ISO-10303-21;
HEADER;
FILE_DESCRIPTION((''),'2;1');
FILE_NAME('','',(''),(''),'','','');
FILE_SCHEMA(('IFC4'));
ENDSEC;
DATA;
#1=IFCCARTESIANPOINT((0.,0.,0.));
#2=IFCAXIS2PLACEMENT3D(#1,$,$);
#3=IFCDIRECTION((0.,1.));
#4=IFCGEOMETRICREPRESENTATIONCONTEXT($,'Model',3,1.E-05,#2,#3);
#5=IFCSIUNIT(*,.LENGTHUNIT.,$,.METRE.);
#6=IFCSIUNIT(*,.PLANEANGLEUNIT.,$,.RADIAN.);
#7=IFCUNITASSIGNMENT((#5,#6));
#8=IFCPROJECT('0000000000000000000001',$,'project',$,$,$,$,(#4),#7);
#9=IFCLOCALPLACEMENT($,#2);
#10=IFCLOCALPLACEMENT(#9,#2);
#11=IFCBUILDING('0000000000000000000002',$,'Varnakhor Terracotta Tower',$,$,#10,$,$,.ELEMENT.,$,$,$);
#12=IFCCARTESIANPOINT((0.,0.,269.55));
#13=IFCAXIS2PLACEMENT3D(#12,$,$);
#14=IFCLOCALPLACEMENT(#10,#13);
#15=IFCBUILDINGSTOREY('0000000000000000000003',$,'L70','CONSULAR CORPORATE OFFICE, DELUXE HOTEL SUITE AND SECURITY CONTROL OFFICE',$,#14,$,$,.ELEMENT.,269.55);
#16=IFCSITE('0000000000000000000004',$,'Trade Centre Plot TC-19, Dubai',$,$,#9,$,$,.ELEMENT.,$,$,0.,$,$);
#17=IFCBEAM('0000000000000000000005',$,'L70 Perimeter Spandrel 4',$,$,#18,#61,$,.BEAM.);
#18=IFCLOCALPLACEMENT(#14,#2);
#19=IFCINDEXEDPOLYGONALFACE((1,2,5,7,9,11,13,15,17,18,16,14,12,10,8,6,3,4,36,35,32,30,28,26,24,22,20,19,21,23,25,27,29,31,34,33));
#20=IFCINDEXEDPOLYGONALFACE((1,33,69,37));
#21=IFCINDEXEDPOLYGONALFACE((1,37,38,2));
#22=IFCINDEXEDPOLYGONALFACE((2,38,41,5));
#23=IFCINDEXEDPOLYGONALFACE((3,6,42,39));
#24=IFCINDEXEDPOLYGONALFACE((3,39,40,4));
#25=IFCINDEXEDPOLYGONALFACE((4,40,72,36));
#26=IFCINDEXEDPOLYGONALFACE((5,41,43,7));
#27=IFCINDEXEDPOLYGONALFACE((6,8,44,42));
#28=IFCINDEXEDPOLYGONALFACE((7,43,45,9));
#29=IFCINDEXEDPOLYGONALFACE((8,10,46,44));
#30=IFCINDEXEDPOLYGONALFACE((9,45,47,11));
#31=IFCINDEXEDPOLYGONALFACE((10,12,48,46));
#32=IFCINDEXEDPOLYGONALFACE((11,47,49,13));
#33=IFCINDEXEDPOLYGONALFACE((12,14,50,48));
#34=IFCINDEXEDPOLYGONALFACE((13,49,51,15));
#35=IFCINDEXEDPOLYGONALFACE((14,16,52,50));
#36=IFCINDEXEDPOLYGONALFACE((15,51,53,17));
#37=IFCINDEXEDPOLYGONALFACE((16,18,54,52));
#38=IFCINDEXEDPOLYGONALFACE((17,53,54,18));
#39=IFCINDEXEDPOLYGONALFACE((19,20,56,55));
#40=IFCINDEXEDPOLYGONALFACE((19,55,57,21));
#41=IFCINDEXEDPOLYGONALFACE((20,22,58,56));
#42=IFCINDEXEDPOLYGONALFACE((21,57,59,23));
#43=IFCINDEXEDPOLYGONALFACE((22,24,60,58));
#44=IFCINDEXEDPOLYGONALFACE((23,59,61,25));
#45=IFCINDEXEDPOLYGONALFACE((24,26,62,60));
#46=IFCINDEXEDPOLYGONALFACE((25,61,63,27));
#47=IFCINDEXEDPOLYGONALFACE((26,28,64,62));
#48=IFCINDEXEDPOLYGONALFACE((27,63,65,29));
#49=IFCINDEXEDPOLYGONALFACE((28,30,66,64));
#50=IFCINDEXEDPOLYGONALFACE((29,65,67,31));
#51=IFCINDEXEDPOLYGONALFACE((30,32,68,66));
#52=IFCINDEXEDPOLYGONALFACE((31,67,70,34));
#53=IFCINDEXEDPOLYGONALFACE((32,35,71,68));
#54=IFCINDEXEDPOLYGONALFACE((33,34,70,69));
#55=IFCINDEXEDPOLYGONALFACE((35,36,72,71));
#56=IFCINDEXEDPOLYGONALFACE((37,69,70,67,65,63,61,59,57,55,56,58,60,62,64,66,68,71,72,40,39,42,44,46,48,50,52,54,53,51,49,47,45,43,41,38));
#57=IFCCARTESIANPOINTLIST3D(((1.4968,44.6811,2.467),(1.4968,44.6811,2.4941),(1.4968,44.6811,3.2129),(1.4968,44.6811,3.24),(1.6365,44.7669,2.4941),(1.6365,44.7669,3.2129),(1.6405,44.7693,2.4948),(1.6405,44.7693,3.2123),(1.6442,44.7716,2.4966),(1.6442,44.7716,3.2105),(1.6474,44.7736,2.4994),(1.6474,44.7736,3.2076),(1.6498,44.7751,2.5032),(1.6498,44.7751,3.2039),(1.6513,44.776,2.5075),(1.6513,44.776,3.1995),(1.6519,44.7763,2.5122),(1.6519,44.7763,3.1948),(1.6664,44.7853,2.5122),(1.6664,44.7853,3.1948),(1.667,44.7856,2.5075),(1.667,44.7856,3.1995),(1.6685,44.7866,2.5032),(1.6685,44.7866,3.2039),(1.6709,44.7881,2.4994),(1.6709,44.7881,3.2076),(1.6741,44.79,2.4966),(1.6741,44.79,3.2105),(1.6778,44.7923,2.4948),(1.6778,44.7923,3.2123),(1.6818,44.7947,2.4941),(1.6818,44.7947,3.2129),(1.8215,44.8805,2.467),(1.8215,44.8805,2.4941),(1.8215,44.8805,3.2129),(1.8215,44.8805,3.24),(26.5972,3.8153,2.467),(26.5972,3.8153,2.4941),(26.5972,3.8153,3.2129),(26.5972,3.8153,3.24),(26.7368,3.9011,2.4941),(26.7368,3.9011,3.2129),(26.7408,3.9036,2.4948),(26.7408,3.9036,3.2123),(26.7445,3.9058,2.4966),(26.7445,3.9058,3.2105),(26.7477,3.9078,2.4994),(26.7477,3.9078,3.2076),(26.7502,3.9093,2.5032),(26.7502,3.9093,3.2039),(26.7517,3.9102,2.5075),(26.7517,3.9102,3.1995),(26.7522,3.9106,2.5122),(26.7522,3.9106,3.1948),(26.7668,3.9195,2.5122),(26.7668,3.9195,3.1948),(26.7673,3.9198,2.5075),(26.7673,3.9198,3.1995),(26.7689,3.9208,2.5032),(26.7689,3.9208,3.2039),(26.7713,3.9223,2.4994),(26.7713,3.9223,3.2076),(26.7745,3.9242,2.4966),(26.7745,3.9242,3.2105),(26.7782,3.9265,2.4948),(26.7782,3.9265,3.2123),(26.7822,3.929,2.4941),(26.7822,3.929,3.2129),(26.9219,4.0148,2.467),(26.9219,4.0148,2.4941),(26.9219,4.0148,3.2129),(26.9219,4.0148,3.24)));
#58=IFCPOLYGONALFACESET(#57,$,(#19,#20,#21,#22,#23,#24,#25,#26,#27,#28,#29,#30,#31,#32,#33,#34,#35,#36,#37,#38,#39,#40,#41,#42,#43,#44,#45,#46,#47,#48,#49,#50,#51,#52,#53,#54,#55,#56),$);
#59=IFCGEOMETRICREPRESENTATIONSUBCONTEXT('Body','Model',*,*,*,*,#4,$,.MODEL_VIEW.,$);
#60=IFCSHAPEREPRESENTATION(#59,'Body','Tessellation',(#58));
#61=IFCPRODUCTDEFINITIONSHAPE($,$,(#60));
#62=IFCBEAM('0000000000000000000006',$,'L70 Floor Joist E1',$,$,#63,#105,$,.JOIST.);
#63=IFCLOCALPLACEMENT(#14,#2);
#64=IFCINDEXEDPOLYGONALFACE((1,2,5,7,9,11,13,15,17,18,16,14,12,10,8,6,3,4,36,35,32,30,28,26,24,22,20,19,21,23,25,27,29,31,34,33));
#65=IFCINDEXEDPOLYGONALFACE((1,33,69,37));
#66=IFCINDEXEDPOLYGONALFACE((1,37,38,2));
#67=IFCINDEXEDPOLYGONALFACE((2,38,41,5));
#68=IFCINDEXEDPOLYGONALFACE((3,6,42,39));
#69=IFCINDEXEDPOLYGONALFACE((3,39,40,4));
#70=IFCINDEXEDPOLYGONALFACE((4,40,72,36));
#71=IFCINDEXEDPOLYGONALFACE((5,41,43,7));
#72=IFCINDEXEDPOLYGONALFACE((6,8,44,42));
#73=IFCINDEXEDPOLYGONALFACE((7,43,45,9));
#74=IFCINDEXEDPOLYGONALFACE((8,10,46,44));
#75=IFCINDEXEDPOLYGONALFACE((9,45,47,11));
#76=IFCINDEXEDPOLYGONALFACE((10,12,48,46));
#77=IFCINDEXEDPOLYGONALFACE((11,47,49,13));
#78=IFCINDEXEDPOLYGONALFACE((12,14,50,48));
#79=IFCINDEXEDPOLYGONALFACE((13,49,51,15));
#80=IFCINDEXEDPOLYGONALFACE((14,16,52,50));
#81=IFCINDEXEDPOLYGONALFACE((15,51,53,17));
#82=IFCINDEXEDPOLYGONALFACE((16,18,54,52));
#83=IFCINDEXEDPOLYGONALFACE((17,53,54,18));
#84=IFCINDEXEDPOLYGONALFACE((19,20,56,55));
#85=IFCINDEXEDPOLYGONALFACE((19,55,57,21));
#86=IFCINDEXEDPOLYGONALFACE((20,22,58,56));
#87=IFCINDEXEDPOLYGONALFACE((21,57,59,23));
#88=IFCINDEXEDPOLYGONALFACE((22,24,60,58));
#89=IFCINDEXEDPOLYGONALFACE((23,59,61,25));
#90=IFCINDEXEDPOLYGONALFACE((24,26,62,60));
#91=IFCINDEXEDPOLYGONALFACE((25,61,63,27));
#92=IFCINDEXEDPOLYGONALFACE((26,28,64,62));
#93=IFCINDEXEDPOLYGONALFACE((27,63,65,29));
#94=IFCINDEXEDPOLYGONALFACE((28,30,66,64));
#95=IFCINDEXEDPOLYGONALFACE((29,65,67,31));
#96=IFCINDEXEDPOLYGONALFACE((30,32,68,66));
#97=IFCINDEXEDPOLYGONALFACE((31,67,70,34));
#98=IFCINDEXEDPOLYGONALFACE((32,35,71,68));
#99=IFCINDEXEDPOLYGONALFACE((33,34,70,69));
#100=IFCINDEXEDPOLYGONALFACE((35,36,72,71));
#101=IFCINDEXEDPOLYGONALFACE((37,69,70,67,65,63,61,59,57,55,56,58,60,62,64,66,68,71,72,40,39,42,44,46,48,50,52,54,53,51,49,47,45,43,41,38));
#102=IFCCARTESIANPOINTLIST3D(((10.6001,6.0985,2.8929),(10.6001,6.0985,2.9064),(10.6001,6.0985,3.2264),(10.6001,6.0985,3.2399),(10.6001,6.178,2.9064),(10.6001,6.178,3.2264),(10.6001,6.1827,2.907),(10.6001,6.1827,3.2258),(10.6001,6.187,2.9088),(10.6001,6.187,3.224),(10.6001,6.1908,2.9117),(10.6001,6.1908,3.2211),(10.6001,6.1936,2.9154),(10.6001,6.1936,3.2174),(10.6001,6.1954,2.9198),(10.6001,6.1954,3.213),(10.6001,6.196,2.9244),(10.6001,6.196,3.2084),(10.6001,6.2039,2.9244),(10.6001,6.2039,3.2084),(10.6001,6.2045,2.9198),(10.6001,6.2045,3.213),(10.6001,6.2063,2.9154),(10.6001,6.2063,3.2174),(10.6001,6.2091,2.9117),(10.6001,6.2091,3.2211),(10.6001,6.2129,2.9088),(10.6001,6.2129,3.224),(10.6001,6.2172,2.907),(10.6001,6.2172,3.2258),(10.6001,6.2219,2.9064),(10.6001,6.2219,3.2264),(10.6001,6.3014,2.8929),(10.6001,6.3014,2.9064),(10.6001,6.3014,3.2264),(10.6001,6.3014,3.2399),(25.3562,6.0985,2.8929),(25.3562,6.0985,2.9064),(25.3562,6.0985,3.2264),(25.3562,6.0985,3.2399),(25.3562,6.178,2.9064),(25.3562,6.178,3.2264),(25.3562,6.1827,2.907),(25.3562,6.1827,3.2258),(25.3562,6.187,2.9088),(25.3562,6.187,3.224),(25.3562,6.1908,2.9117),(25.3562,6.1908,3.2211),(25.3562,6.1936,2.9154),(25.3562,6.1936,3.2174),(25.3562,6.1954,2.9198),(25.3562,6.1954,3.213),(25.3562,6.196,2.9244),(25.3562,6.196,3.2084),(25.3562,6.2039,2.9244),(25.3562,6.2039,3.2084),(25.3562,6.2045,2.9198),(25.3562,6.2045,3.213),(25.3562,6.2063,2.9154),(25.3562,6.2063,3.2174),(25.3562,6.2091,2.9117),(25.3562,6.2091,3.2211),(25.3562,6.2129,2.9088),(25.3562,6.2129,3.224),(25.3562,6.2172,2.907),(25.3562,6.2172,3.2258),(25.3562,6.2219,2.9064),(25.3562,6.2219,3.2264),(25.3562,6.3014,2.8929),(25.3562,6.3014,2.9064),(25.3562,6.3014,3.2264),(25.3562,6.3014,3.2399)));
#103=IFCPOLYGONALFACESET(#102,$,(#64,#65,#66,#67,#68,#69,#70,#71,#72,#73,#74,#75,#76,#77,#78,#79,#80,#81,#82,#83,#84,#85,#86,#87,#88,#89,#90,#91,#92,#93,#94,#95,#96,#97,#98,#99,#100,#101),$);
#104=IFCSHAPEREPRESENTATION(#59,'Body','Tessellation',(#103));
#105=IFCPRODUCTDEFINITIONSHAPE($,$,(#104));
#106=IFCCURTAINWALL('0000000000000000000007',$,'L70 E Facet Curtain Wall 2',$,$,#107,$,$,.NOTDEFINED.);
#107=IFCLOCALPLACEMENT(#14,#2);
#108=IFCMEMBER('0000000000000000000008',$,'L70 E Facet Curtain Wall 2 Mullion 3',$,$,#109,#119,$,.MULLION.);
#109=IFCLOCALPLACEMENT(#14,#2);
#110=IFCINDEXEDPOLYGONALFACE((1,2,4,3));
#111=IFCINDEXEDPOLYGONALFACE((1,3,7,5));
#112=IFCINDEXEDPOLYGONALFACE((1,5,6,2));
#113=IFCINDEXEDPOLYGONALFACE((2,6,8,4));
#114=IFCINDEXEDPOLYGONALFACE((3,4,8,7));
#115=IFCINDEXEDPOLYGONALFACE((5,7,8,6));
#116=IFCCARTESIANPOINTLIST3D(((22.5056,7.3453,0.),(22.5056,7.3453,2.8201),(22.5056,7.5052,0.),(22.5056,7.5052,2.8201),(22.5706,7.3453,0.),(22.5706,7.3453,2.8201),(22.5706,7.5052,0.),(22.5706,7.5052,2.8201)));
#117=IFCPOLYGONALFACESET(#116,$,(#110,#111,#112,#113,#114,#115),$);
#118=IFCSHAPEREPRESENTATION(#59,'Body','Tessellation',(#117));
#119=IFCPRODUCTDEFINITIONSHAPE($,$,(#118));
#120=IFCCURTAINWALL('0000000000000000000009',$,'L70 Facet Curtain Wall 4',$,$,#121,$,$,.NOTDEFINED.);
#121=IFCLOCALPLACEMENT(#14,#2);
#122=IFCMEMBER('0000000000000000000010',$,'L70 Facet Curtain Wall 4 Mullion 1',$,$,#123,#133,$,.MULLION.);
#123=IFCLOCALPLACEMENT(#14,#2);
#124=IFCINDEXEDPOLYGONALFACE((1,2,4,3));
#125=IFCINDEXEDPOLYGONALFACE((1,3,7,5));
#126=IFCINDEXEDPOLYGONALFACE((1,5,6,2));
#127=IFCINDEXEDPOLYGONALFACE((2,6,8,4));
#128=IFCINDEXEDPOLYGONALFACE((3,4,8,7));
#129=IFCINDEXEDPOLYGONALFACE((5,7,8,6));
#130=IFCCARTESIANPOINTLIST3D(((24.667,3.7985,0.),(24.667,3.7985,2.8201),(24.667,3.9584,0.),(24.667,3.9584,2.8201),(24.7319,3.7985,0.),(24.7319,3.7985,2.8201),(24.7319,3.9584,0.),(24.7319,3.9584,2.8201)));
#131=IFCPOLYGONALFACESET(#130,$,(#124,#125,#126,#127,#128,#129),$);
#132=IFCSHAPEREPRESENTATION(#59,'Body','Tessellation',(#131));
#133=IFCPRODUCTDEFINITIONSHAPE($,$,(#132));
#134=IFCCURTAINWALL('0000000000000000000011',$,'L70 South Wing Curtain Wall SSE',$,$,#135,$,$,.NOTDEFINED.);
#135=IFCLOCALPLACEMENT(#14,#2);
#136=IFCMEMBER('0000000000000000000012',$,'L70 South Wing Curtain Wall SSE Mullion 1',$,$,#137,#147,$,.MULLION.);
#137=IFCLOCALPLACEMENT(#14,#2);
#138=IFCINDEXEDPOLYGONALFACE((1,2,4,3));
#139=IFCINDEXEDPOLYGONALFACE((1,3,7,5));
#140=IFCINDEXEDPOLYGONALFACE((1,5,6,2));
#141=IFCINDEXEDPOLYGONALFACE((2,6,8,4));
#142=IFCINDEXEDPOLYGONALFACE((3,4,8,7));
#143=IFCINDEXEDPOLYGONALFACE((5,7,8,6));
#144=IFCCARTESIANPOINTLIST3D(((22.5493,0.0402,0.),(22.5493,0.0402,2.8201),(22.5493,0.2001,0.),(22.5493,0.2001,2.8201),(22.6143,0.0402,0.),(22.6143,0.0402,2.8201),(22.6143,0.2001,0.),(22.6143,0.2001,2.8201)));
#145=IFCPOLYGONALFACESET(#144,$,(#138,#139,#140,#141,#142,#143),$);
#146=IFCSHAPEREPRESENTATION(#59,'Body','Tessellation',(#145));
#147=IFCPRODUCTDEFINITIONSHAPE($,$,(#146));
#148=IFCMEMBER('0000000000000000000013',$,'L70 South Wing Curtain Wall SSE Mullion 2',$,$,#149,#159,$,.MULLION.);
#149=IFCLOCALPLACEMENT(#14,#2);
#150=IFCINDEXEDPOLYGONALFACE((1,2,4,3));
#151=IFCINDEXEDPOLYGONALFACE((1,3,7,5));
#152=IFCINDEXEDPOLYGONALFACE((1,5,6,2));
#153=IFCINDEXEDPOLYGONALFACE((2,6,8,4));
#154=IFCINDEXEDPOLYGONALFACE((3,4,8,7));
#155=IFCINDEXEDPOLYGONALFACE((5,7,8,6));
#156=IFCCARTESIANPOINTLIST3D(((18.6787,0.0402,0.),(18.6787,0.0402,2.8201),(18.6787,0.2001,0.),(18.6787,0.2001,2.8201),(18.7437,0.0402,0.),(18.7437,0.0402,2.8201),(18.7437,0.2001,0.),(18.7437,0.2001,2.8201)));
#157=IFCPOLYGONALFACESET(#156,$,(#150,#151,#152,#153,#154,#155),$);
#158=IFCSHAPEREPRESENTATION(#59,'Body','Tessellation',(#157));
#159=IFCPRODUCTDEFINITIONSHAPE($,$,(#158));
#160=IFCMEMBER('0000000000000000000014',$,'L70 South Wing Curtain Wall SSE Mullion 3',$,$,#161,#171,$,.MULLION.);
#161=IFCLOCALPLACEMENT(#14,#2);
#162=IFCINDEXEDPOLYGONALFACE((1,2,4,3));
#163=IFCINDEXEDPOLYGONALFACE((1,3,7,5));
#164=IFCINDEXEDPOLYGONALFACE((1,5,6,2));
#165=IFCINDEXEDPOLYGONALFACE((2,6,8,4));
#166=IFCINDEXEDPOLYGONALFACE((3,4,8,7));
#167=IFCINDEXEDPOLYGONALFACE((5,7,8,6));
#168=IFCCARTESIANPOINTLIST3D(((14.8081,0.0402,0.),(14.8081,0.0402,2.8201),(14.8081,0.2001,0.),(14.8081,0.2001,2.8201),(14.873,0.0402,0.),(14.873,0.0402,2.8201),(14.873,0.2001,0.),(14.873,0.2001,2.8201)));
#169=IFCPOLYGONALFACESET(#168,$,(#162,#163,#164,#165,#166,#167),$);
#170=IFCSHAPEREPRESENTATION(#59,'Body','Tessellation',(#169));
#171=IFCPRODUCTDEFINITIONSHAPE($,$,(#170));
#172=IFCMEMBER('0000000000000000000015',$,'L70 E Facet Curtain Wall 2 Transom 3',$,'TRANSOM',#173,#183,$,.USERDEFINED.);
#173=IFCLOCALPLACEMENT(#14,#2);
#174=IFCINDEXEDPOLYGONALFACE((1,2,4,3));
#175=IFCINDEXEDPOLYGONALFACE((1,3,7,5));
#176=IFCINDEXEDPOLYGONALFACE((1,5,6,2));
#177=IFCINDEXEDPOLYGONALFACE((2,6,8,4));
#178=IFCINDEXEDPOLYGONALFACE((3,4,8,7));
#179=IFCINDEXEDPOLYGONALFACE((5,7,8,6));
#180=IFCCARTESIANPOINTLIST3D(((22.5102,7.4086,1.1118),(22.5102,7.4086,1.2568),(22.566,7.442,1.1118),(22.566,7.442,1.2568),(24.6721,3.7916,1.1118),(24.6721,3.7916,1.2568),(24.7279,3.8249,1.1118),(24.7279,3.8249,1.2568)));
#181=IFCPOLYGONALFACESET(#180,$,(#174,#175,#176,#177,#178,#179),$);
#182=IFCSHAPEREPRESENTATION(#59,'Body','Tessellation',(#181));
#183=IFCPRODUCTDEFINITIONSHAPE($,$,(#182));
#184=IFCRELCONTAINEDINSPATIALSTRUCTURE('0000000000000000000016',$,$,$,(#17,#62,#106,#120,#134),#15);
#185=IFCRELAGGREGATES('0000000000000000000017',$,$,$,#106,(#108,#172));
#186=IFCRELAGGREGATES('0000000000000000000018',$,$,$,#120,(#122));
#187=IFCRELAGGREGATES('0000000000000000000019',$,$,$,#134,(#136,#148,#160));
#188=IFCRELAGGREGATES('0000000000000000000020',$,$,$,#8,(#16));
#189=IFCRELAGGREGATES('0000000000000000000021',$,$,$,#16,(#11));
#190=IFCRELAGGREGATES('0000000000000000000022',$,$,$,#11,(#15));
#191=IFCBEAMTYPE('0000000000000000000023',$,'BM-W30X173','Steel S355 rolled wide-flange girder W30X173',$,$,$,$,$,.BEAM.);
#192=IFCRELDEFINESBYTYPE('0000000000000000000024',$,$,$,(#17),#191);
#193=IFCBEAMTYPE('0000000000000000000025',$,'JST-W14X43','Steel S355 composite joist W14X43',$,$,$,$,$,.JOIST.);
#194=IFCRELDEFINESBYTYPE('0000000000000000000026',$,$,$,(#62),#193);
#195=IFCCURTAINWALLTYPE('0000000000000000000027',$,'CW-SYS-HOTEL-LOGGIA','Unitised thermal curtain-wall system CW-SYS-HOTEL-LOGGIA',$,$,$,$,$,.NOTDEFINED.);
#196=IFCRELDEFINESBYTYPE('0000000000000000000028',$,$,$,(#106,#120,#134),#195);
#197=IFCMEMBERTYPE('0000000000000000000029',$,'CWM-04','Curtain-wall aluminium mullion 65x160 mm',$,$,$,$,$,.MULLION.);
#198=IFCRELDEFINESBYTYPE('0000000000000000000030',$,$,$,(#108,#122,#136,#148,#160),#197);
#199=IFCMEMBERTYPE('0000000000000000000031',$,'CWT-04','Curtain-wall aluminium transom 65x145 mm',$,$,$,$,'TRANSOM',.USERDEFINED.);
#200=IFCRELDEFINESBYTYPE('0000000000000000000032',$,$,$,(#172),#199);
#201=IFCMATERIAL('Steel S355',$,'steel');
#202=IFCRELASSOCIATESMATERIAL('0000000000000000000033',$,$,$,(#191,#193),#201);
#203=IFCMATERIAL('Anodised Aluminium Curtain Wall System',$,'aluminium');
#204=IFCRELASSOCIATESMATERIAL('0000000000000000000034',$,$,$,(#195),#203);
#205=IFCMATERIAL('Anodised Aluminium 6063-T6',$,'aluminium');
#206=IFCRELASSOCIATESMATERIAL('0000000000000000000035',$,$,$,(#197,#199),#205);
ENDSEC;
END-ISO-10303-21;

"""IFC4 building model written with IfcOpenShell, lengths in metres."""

from ifc_helpers import new_model, si_unit, direction, frame, origin, origin_2d, place, context, subcontext, project, spatial, rectangle, i_section, extrude, source, transform, mapped, material, material_profile, profile_set, type_object, type_shapes, element, aggregate, save


model = new_model("IFC4")

# Units and contexts
model_context = context("Model", 3, precision=1e-05, world=origin(), true_north=direction((0.0, 1.0)))
body_context = subcontext(model_context, "Body", "Model", "MODEL_VIEW")
ifc_project = project(units=[si_unit("LENGTHUNIT", "METRE"), si_unit("PLANEANGLEUNIT", "RADIAN")], contexts=[model_context])

# Site, building, storey
site_placement = place(None, origin())
site = spatial("IfcSite", under=ifc_project, at=site_placement, Name="Trade Centre Plot TC-19, Dubai", CompositionType="ELEMENT", RefElevation=0.0)
building_placement = place(site_placement, origin())
building = spatial("IfcBuilding", under=site, at=building_placement, Name="Varnakhor Terracotta Tower", CompositionType="ELEMENT")
storey_placement = place(building_placement, frame((0.0, 0.0, 269.55)))
storey = spatial("IfcBuildingStorey", under=building, at=storey_placement, Name="L70", Description="CONSULAR CORPORATE OFFICE, DELUXE HOTEL SUITE AND SECURITY CONTROL OFFICE", CompositionType="ELEMENT", Elevation=269.55)

# Shared definitions
ifc_material_1 = material(Name="Steel S355", Category="steel")

# Beams
ifc_material_profile_1 = material_profile(ifc_material_1, i_section(OverallWidth=0.3811, OverallDepth=0.7729, WebThickness=0.0171, FlangeThickness=0.0271, FilletRadius=0.0181, at=origin_2d()), Name="W30X173")
ifc_profile_set_1 = profile_set([ifc_material_profile_1], Name="Steel S355")
beam_type_1 = type_object("IfcBeamType", Name="BM-W30X173", Description="Steel S355 rolled wide-flange girder W30X173", PredefinedType="BEAM", material=ifc_profile_set_1)
shared_shape_1 = source(origin(), body_context, "Body", "SweptSolid", [
    extrude(i_section(OverallWidth=0.3811, OverallDepth=0.7729, WebThickness=0.0171, FlangeThickness=0.0271, FilletRadius=0.0181, at=origin_2d()), origin(), (0.0, 0.0, 1.0), 47.9587),
])
beam_1_placement = place(storey_placement, frame((26.7595, 3.915, 2.8535), z_axis=(-0.523374, 0.852103, 0.0), x_axis=(-0.852103, -0.523374, 0.0)))
element("IfcBeam", 1, at=beam_1_placement, inside=storey, type_object=beam_type_1, Name="L70 Perimeter Spandrel 4", PredefinedType="BEAM", context=body_context, shape_type="MappedRepresentation", body=[
    mapped(shared_shape_1, transform((0.0, 0.0, 0.0), scale=1.0)),
])
ifc_material_profile_2 = material_profile(ifc_material_1, i_section(OverallWidth=0.2029, OverallDepth=0.3469, WebThickness=0.0078, FlangeThickness=0.0134, FilletRadius=0.0181, at=origin_2d()), Name="W14X43")
ifc_profile_set_2 = profile_set([ifc_material_profile_2], Name="Steel S355")
beam_type_2 = type_object("IfcBeamType", Name="JST-W14X43", Description="Steel S355 composite joist W14X43", PredefinedType="JOIST", material=ifc_profile_set_2)
shared_shape_2 = source(origin(), body_context, "Body", "SweptSolid", [
    extrude(i_section(OverallWidth=0.2029, OverallDepth=0.3469, WebThickness=0.0078, FlangeThickness=0.0134, FilletRadius=0.0181, at=origin_2d()), origin(), (0.0, 0.0, 1.0), 14.7561),
])
beam_2_placement = place(storey_placement, frame((10.6001, 6.2, 3.0664), z_axis=(1.0, 0.0, 0.0), x_axis=(0.0, 1.0, 0.0)))
element("IfcBeam", 2, at=beam_2_placement, inside=storey, type_object=beam_type_2, Name="L70 Floor Joist E1", PredefinedType="JOIST", context=body_context, shape_type="MappedRepresentation", body=[
    mapped(shared_shape_2, transform((0.0, 0.0, 0.0), scale=1.0)),
])

# Curtain walls, members
ifc_material_2 = material(Name="Anodised Aluminium Curtain Wall System", Category="aluminium")
curtain_wall_type = type_object("IfcCurtainWallType", Name="CW-SYS-HOTEL-LOGGIA", Description="Unitised thermal curtain-wall system CW-SYS-HOTEL-LOGGIA", PredefinedType="NOTDEFINED", material=ifc_material_2)
curtain_wall_1_placement = place(storey_placement, origin())
curtain_wall_1 = element("IfcCurtainWall", 3, at=curtain_wall_1_placement, inside=storey, type_object=curtain_wall_type, Name="L70 E Facet Curtain Wall 2", PredefinedType="NOTDEFINED")
ifc_material_3 = material(Name="Anodised Aluminium 6063-T6", Category="aluminium")
ifc_material_profile_3 = material_profile(ifc_material_3, rectangle(XDim=0.0649, YDim=0.1599, at=origin_2d()), Name="ALU MULLION 65x160")
ifc_profile_set_3 = profile_set([ifc_material_profile_3], Name="Anodised Aluminium 6063-T6")
member_type_1 = type_object("IfcMemberType", Name="CWM-04", Description="Curtain-wall aluminium mullion 65x160 mm", PredefinedType="MULLION", material=ifc_profile_set_3)
shared_shape_3 = source(origin(), body_context, "Body", "SweptSolid", [
    extrude(rectangle(XDim=0.0649, YDim=0.1599, at=origin_2d()), origin(), (0.0, 0.0, 1.0), 2.8201),
])
type_shapes(member_type_1, [shared_shape_3])
member_1_placement = place(storey_placement, frame((22.5381, 7.4253, 0.0), z_axis=(0.0, 0.0, 1.0), x_axis=(1.0, 0.0, 0.0)))
member_1 = element("IfcMember", 4, at=member_1_placement, type_object=member_type_1, Name="L70 E Facet Curtain Wall 2 Mullion 3", PredefinedType="MULLION", context=body_context, shape_type="MappedRepresentation", body=[
    mapped(shared_shape_3, transform((0.0, 0.0, 0.0), scale=1.0)),
])
curtain_wall_2_placement = place(storey_placement, origin())
curtain_wall_2 = element("IfcCurtainWall", 5, at=curtain_wall_2_placement, inside=storey, type_object=curtain_wall_type, Name="L70 Facet Curtain Wall 4", PredefinedType="NOTDEFINED")
member_2_placement = place(storey_placement, frame((24.6995, 3.8784, 0.0), z_axis=(0.0, 0.0, 1.0), x_axis=(1.0, 0.0, 0.0)))
member_2 = element("IfcMember", 6, at=member_2_placement, type_object=member_type_1, Name="L70 Facet Curtain Wall 4 Mullion 1", PredefinedType="MULLION", context=body_context, shape_type="MappedRepresentation", body=[
    mapped(shared_shape_3, transform((0.0, 0.0, 0.0), scale=1.0)),
])

# Curtain wall, members
curtain_wall_3_placement = place(storey_placement, origin())
curtain_wall_3 = element("IfcCurtainWall", 7, at=curtain_wall_3_placement, inside=storey, type_object=curtain_wall_type, Name="L70 South Wing Curtain Wall SSE", PredefinedType="NOTDEFINED")
member_3_placement = place(storey_placement, frame((22.5818, 0.1201, 0.0), z_axis=(0.0, 0.0, 1.0), x_axis=(1.0, 0.0, 0.0)))
member_3 = element("IfcMember", 8, at=member_3_placement, type_object=member_type_1, Name="L70 South Wing Curtain Wall SSE Mullion 1", PredefinedType="MULLION", context=body_context, shape_type="MappedRepresentation", body=[
    mapped(shared_shape_3, transform((0.0, 0.0, 0.0), scale=1.0)),
])
member_4_placement = place(storey_placement, frame((18.7112, 0.1201, 0.0), z_axis=(0.0, 0.0, 1.0), x_axis=(1.0, 0.0, 0.0)))
member_4 = element("IfcMember", 9, at=member_4_placement, type_object=member_type_1, Name="L70 South Wing Curtain Wall SSE Mullion 2", PredefinedType="MULLION", context=body_context, shape_type="MappedRepresentation", body=[
    mapped(shared_shape_3, transform((0.0, 0.0, 0.0), scale=1.0)),
])
member_5_placement = place(storey_placement, frame((14.8406, 0.1201, 0.0), z_axis=(0.0, 0.0, 1.0), x_axis=(1.0, 0.0, 0.0)))
member_5 = element("IfcMember", 10, at=member_5_placement, type_object=member_type_1, Name="L70 South Wing Curtain Wall SSE Mullion 3", PredefinedType="MULLION", context=body_context, shape_type="MappedRepresentation", body=[
    mapped(shared_shape_3, transform((0.0, 0.0, 0.0), scale=1.0)),
])

# Member
ifc_material_profile_4 = material_profile(ifc_material_3, rectangle(XDim=0.0649, YDim=0.145, at=origin_2d()), Name="ALU TRANSOM 65x145")
ifc_profile_set_4 = profile_set([ifc_material_profile_4], Name="Anodised Aluminium 6063-T6")
member_type_2 = type_object("IfcMemberType", Name="CWT-04", Description="Curtain-wall aluminium transom 65x145 mm", ElementType="TRANSOM", PredefinedType="USERDEFINED", material=ifc_profile_set_4)
shared_shape_4 = source(origin(), body_context, "Body", "SweptSolid", [
    extrude(rectangle(XDim=0.0649, YDim=0.145, at=origin_2d()), origin(), (0.0, 0.0, 1.0), 4.2139),
])
member_6_placement = place(storey_placement, frame((22.5381, 7.4253, 1.1843), z_axis=(0.513047, -0.858361, 0.0), x_axis=(0.858361, 0.513047, 0.0)))
member_6 = element("IfcMember", 11, at=member_6_placement, type_object=member_type_2, Name="L70 E Facet Curtain Wall 2 Transom 3", ObjectType="TRANSOM", PredefinedType="USERDEFINED", context=body_context, shape_type="MappedRepresentation", body=[
    mapped(shared_shape_4, transform((0.0, 0.0, 0.0), scale=1.0)),
])

aggregate(curtain_wall_1, [member_1, member_6])
aggregate(curtain_wall_2, [member_2])
aggregate(curtain_wall_3, [member_3, member_4, member_5])

save(model, "model.ifc")
